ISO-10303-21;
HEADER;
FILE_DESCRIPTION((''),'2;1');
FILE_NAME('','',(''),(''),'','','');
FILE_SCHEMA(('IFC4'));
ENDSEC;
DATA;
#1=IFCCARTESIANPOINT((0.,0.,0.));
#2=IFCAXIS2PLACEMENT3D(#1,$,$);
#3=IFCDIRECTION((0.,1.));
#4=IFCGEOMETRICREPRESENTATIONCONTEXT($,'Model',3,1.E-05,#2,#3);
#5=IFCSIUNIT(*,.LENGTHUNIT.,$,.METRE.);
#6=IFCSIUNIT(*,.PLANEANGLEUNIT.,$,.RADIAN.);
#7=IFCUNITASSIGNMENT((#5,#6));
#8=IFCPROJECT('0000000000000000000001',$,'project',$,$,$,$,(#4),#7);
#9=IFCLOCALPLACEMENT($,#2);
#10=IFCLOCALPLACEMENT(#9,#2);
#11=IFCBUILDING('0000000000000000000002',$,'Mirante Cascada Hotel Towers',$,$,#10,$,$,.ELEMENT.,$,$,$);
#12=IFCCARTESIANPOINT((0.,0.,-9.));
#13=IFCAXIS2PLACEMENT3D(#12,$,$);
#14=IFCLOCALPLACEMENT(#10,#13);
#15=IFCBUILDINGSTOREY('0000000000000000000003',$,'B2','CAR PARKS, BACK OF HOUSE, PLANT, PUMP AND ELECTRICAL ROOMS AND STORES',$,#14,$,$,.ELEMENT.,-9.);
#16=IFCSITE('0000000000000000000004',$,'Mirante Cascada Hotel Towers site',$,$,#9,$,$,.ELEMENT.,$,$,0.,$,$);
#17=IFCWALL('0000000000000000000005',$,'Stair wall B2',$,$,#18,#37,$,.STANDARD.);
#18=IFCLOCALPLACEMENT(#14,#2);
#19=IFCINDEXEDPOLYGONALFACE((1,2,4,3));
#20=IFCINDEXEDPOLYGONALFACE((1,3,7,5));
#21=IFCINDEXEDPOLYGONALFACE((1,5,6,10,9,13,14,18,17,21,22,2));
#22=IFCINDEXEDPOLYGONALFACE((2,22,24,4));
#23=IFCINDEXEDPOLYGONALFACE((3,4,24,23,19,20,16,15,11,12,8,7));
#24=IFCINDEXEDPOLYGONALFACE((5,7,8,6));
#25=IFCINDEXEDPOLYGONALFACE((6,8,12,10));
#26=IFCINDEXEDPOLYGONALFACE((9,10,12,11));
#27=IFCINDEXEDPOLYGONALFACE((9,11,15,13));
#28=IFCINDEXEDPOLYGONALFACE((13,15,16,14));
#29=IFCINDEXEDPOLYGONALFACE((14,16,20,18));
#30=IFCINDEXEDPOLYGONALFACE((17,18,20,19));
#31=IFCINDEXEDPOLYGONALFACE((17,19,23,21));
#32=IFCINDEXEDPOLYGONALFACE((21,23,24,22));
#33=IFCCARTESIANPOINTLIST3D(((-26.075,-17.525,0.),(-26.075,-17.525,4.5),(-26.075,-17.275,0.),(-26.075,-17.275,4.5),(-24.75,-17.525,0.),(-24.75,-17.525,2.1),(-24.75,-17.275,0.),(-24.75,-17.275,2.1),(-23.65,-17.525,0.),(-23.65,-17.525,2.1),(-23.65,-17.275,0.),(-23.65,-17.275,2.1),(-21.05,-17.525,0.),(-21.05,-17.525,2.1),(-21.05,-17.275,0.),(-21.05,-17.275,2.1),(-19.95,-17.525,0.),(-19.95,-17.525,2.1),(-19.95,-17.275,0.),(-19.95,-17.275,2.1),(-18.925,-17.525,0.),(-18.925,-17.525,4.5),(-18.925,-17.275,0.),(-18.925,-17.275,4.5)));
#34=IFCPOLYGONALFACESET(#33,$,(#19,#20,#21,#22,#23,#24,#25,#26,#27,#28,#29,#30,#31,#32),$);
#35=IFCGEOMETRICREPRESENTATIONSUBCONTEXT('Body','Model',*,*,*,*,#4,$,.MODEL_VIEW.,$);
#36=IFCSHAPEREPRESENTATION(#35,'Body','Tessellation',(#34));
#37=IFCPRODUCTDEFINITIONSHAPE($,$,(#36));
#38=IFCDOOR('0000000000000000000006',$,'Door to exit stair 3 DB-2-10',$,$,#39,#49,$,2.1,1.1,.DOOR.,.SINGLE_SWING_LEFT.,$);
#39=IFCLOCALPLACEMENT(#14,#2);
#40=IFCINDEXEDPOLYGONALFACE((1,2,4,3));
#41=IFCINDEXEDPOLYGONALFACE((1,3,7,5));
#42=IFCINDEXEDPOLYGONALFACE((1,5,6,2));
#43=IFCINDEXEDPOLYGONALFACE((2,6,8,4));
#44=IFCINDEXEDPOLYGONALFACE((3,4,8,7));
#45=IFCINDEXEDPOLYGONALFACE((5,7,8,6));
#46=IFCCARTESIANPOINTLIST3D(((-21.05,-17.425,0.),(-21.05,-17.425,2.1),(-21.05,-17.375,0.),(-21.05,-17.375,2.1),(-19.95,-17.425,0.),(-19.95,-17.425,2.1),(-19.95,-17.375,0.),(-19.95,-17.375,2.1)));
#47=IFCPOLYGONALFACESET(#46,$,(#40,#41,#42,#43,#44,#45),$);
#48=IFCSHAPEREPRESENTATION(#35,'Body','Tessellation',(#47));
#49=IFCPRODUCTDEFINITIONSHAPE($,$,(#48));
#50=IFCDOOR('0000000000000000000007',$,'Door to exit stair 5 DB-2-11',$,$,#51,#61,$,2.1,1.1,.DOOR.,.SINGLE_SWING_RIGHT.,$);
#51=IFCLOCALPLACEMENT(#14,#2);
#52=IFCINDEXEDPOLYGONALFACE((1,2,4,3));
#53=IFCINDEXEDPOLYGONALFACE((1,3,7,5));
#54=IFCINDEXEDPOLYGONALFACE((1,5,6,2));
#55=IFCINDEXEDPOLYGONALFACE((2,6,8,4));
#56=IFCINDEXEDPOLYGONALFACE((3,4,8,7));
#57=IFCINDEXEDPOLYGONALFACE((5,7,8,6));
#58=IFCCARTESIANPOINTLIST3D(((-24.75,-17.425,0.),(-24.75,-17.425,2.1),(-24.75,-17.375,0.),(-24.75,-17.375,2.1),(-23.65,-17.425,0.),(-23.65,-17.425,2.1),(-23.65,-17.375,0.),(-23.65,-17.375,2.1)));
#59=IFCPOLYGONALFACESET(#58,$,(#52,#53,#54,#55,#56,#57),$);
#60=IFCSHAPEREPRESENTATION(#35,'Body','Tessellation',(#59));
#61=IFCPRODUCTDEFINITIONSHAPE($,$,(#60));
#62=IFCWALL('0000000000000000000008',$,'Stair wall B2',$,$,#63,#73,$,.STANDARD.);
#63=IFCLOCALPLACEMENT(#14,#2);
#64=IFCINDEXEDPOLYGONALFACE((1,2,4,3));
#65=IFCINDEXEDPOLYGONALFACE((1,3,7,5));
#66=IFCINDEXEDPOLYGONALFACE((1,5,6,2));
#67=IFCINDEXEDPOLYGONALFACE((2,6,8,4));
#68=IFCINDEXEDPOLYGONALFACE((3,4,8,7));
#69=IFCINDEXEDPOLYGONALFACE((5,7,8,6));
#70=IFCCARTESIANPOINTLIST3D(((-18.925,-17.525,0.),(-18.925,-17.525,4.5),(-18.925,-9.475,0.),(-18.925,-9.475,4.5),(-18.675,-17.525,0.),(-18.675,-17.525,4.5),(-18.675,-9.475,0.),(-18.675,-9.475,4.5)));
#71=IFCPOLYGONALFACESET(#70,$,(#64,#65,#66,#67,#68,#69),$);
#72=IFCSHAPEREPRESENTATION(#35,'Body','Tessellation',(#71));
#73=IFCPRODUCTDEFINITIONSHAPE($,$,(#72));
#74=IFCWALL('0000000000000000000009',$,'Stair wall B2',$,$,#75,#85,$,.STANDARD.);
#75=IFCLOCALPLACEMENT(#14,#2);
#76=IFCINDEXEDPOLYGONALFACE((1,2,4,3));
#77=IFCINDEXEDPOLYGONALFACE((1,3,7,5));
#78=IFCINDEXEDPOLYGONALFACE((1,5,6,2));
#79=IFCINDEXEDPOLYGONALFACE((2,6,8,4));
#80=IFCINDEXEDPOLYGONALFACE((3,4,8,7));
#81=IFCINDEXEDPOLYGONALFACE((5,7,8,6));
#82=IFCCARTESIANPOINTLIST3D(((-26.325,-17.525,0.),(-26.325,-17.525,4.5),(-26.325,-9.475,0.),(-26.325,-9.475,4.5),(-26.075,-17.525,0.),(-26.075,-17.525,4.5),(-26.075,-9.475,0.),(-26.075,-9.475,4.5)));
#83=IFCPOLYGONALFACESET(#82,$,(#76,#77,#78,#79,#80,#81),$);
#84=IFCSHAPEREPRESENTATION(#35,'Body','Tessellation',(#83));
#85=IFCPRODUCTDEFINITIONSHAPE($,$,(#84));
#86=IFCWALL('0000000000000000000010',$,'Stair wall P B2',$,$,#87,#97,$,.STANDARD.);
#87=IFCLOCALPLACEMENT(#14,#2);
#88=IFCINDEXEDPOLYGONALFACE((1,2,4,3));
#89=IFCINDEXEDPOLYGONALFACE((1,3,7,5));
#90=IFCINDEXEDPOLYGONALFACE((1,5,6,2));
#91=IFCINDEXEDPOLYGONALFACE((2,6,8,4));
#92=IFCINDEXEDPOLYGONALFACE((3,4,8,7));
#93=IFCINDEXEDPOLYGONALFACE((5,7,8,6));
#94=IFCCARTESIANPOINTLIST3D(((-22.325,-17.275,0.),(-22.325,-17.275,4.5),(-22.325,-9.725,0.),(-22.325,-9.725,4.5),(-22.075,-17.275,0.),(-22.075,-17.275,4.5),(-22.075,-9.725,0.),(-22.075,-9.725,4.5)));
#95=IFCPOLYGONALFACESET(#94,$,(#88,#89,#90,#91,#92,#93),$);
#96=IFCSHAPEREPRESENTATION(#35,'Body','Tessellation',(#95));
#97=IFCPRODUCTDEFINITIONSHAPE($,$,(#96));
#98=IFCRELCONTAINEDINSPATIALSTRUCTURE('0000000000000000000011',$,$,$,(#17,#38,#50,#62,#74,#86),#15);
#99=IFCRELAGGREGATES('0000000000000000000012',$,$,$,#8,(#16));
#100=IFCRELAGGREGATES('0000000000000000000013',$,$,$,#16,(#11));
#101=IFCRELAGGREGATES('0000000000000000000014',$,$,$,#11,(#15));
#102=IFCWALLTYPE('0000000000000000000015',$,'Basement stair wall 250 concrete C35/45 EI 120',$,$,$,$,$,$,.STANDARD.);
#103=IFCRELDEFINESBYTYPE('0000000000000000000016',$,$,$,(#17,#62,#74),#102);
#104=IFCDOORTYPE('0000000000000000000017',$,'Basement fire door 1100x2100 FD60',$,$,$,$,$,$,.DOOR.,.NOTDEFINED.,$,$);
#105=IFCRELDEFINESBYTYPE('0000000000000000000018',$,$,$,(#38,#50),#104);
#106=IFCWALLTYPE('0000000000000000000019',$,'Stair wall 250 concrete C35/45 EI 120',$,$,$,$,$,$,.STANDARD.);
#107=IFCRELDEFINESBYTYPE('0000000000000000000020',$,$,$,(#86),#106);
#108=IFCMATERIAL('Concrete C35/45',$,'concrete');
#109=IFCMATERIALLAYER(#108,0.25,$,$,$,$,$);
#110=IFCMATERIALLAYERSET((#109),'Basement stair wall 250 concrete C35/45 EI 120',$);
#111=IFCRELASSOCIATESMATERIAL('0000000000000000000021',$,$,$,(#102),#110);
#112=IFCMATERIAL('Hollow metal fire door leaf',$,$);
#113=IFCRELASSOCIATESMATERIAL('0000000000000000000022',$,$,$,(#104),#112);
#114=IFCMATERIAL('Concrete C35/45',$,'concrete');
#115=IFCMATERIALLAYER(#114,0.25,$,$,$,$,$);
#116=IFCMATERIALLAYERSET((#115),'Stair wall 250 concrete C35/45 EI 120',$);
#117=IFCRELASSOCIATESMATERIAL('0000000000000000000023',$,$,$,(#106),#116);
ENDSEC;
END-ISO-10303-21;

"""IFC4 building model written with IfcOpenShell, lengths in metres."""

from ifc_helpers import new_model, si_unit, direction, frame, frame_2d, origin, place, context, subcontext, project, spatial, rectangle, extrude, material, layer, layer_set, type_object, element, fill, save


model = new_model("IFC4")

# Units and contexts
model_context = context("Model", 3, precision=1e-05, world=origin(), true_north=direction((0.0, 1.0)))
body_context = subcontext(model_context, "Body", "Model", "MODEL_VIEW")
ifc_project = project(units=[si_unit("LENGTHUNIT", "METRE"), si_unit("PLANEANGLEUNIT", "RADIAN")], contexts=[model_context])

# Site, building, storey
site_placement = place(None, origin())
site = spatial("IfcSite", under=ifc_project, at=site_placement, Name="Mirante Cascada Hotel Towers site", CompositionType="ELEMENT", RefElevation=0.0)
building_placement = place(site_placement, origin())
building = spatial("IfcBuilding", under=site, at=building_placement, Name="Mirante Cascada Hotel Towers", CompositionType="ELEMENT")
storey_placement = place(building_placement, frame((0.0, 0.0, -9.0)))
storey = spatial("IfcBuildingStorey", under=building, at=storey_placement, Name="B2", Description="CAR PARKS, BACK OF HOUSE, PLANT, PUMP AND ELECTRICAL ROOMS AND STORES", CompositionType="ELEMENT", Elevation=-9.0)

# Wall, openings, doors
ifc_material_1 = material(Name="Concrete C35/45", Category="concrete")
ifc_layer_1 = layer(ifc_material_1, 0.25)
ifc_layer_set_1 = layer_set([ifc_layer_1], Name="Basement stair wall 250 concrete C35/45 EI 120")
wall_type_1 = type_object("IfcWallType", Name="Basement stair wall 250 concrete C35/45 EI 120", PredefinedType="STANDARD", material=ifc_layer_set_1)
wall_1_placement = place(storey_placement, frame((-26.075, -17.4, 0.0), z_axis=(0.0, 0.0, 1.0), x_axis=(1.0, 0.0, 0.0)))
wall_1 = element("IfcWall", 1, at=wall_1_placement, inside=storey, type_object=wall_type_1, Name="Stair wall B2", PredefinedType="STANDARD", context=body_context, shape_type="SweptSolid", body=[
    extrude(rectangle(XDim=7.15, YDim=0.25, at=frame_2d((3.575, 0.0))), origin(), (0.0, 0.0, 1.0), 4.5),
])
opening_1_placement = place(wall_1_placement, frame((5.025, 0.0, 0.0)))
opening_1 = element("IfcOpeningElement", 2, at=opening_1_placement, cuts=wall_1, PredefinedType="OPENING", context=body_context, shape_type="SweptSolid", body=[
    extrude(rectangle(XDim=1.1, YDim=2.1, at=frame_2d((0.55, 1.05))), frame((0.0, 0.125, 0.0), z_axis=(0.0, -1.0, 0.0), x_axis=(1.0, 0.0, 0.0)), (0.0, 0.0, 1.0), 0.25),
])
opening_2_placement = place(wall_1_placement, frame((1.325, 0.0, 0.0)))
opening_2 = element("IfcOpeningElement", 3, at=opening_2_placement, cuts=wall_1, PredefinedType="OPENING", context=body_context, shape_type="SweptSolid", body=[
    extrude(rectangle(XDim=1.1, YDim=2.1, at=frame_2d((0.55, 1.05))), frame((0.0, 0.125, 0.0), z_axis=(0.0, -1.0, 0.0), x_axis=(1.0, 0.0, 0.0)), (0.0, 0.0, 1.0), 0.25),
])
ifc_material_2 = material(Name="Hollow metal fire door leaf")
door_type = type_object("IfcDoorType", Name="Basement fire door 1100x2100 FD60", OperationType="NOTDEFINED", PredefinedType="DOOR", material=ifc_material_2)
door_1_placement = place(opening_1_placement, origin())
door_1 = element("IfcDoor", 4, at=door_1_placement, inside=storey, type_object=door_type, Name="Door to exit stair 3 DB-2-10", OperationType="SINGLE_SWING_LEFT", OverallHeight=2.1, OverallWidth=1.1, PredefinedType="DOOR", context=body_context, shape_type="SweptSolid", body=[
    extrude(rectangle(XDim=1.1, YDim=2.1, at=frame_2d((0.55, 1.05))), frame((0.0, 0.025, 0.0), z_axis=(0.0, -1.0, 0.0), x_axis=(1.0, 0.0, 0.0)), (0.0, 0.0, 1.0), 0.05),
])
fill(opening_1, door_1)
door_2_placement = place(opening_2_placement, origin())
door_2 = element("IfcDoor", 5, at=door_2_placement, inside=storey, type_object=door_type, Name="Door to exit stair 5 DB-2-11", OperationType="SINGLE_SWING_RIGHT", OverallHeight=2.1, OverallWidth=1.1, PredefinedType="DOOR", context=body_context, shape_type="SweptSolid", body=[
    extrude(rectangle(XDim=1.1, YDim=2.1, at=frame_2d((0.55, 1.05))), frame((0.0, 0.025, 0.0), z_axis=(0.0, -1.0, 0.0), x_axis=(1.0, 0.0, 0.0)), (0.0, 0.0, 1.0), 0.05),
])
fill(opening_2, door_2)

# Walls
for number, where, z_axis, x_axis, name in (
    (6, (-18.8, -17.525, 0.0), (0.0, 0.0, 1.0), (0.0, 1.0, 0.0), "Stair wall B2"),
    (7, (-26.2, -17.525, 0.0), (0.0, 0.0, 1.0), (0.0, 1.0, 0.0), "Stair wall B2"),
):
    element("IfcWall", number, at=place(storey_placement, frame(where, z_axis=z_axis, x_axis=x_axis)), inside=storey, type_object=wall_type_1, Name=name, PredefinedType="STANDARD", context=body_context, shape_type="SweptSolid", body=[
        extrude(rectangle(XDim=8.05, YDim=0.25, at=frame_2d((4.025, 0.0))), origin(), (0.0, 0.0, 1.0), 4.5),
    ])
ifc_material_3 = material(Name="Concrete C35/45", Category="concrete")
ifc_layer_2 = layer(ifc_material_3, 0.25)
ifc_layer_set_2 = layer_set([ifc_layer_2], Name="Stair wall 250 concrete C35/45 EI 120")
wall_type_2 = type_object("IfcWallType", Name="Stair wall 250 concrete C35/45 EI 120", PredefinedType="STANDARD", material=ifc_layer_set_2)
wall_2_placement = place(storey_placement, frame((-22.2, -17.275, 0.0), z_axis=(0.0, 0.0, 1.0), x_axis=(0.0, 1.0, 0.0)))
element("IfcWall", 8, at=wall_2_placement, inside=storey, type_object=wall_type_2, Name="Stair wall P B2", PredefinedType="STANDARD", context=body_context, shape_type="SweptSolid", body=[
    extrude(rectangle(XDim=7.55, YDim=0.25, at=frame_2d((3.775, 0.0))), origin(), (0.0, 0.0, 1.0), 4.5),
])

save(model, "model.ifc")
